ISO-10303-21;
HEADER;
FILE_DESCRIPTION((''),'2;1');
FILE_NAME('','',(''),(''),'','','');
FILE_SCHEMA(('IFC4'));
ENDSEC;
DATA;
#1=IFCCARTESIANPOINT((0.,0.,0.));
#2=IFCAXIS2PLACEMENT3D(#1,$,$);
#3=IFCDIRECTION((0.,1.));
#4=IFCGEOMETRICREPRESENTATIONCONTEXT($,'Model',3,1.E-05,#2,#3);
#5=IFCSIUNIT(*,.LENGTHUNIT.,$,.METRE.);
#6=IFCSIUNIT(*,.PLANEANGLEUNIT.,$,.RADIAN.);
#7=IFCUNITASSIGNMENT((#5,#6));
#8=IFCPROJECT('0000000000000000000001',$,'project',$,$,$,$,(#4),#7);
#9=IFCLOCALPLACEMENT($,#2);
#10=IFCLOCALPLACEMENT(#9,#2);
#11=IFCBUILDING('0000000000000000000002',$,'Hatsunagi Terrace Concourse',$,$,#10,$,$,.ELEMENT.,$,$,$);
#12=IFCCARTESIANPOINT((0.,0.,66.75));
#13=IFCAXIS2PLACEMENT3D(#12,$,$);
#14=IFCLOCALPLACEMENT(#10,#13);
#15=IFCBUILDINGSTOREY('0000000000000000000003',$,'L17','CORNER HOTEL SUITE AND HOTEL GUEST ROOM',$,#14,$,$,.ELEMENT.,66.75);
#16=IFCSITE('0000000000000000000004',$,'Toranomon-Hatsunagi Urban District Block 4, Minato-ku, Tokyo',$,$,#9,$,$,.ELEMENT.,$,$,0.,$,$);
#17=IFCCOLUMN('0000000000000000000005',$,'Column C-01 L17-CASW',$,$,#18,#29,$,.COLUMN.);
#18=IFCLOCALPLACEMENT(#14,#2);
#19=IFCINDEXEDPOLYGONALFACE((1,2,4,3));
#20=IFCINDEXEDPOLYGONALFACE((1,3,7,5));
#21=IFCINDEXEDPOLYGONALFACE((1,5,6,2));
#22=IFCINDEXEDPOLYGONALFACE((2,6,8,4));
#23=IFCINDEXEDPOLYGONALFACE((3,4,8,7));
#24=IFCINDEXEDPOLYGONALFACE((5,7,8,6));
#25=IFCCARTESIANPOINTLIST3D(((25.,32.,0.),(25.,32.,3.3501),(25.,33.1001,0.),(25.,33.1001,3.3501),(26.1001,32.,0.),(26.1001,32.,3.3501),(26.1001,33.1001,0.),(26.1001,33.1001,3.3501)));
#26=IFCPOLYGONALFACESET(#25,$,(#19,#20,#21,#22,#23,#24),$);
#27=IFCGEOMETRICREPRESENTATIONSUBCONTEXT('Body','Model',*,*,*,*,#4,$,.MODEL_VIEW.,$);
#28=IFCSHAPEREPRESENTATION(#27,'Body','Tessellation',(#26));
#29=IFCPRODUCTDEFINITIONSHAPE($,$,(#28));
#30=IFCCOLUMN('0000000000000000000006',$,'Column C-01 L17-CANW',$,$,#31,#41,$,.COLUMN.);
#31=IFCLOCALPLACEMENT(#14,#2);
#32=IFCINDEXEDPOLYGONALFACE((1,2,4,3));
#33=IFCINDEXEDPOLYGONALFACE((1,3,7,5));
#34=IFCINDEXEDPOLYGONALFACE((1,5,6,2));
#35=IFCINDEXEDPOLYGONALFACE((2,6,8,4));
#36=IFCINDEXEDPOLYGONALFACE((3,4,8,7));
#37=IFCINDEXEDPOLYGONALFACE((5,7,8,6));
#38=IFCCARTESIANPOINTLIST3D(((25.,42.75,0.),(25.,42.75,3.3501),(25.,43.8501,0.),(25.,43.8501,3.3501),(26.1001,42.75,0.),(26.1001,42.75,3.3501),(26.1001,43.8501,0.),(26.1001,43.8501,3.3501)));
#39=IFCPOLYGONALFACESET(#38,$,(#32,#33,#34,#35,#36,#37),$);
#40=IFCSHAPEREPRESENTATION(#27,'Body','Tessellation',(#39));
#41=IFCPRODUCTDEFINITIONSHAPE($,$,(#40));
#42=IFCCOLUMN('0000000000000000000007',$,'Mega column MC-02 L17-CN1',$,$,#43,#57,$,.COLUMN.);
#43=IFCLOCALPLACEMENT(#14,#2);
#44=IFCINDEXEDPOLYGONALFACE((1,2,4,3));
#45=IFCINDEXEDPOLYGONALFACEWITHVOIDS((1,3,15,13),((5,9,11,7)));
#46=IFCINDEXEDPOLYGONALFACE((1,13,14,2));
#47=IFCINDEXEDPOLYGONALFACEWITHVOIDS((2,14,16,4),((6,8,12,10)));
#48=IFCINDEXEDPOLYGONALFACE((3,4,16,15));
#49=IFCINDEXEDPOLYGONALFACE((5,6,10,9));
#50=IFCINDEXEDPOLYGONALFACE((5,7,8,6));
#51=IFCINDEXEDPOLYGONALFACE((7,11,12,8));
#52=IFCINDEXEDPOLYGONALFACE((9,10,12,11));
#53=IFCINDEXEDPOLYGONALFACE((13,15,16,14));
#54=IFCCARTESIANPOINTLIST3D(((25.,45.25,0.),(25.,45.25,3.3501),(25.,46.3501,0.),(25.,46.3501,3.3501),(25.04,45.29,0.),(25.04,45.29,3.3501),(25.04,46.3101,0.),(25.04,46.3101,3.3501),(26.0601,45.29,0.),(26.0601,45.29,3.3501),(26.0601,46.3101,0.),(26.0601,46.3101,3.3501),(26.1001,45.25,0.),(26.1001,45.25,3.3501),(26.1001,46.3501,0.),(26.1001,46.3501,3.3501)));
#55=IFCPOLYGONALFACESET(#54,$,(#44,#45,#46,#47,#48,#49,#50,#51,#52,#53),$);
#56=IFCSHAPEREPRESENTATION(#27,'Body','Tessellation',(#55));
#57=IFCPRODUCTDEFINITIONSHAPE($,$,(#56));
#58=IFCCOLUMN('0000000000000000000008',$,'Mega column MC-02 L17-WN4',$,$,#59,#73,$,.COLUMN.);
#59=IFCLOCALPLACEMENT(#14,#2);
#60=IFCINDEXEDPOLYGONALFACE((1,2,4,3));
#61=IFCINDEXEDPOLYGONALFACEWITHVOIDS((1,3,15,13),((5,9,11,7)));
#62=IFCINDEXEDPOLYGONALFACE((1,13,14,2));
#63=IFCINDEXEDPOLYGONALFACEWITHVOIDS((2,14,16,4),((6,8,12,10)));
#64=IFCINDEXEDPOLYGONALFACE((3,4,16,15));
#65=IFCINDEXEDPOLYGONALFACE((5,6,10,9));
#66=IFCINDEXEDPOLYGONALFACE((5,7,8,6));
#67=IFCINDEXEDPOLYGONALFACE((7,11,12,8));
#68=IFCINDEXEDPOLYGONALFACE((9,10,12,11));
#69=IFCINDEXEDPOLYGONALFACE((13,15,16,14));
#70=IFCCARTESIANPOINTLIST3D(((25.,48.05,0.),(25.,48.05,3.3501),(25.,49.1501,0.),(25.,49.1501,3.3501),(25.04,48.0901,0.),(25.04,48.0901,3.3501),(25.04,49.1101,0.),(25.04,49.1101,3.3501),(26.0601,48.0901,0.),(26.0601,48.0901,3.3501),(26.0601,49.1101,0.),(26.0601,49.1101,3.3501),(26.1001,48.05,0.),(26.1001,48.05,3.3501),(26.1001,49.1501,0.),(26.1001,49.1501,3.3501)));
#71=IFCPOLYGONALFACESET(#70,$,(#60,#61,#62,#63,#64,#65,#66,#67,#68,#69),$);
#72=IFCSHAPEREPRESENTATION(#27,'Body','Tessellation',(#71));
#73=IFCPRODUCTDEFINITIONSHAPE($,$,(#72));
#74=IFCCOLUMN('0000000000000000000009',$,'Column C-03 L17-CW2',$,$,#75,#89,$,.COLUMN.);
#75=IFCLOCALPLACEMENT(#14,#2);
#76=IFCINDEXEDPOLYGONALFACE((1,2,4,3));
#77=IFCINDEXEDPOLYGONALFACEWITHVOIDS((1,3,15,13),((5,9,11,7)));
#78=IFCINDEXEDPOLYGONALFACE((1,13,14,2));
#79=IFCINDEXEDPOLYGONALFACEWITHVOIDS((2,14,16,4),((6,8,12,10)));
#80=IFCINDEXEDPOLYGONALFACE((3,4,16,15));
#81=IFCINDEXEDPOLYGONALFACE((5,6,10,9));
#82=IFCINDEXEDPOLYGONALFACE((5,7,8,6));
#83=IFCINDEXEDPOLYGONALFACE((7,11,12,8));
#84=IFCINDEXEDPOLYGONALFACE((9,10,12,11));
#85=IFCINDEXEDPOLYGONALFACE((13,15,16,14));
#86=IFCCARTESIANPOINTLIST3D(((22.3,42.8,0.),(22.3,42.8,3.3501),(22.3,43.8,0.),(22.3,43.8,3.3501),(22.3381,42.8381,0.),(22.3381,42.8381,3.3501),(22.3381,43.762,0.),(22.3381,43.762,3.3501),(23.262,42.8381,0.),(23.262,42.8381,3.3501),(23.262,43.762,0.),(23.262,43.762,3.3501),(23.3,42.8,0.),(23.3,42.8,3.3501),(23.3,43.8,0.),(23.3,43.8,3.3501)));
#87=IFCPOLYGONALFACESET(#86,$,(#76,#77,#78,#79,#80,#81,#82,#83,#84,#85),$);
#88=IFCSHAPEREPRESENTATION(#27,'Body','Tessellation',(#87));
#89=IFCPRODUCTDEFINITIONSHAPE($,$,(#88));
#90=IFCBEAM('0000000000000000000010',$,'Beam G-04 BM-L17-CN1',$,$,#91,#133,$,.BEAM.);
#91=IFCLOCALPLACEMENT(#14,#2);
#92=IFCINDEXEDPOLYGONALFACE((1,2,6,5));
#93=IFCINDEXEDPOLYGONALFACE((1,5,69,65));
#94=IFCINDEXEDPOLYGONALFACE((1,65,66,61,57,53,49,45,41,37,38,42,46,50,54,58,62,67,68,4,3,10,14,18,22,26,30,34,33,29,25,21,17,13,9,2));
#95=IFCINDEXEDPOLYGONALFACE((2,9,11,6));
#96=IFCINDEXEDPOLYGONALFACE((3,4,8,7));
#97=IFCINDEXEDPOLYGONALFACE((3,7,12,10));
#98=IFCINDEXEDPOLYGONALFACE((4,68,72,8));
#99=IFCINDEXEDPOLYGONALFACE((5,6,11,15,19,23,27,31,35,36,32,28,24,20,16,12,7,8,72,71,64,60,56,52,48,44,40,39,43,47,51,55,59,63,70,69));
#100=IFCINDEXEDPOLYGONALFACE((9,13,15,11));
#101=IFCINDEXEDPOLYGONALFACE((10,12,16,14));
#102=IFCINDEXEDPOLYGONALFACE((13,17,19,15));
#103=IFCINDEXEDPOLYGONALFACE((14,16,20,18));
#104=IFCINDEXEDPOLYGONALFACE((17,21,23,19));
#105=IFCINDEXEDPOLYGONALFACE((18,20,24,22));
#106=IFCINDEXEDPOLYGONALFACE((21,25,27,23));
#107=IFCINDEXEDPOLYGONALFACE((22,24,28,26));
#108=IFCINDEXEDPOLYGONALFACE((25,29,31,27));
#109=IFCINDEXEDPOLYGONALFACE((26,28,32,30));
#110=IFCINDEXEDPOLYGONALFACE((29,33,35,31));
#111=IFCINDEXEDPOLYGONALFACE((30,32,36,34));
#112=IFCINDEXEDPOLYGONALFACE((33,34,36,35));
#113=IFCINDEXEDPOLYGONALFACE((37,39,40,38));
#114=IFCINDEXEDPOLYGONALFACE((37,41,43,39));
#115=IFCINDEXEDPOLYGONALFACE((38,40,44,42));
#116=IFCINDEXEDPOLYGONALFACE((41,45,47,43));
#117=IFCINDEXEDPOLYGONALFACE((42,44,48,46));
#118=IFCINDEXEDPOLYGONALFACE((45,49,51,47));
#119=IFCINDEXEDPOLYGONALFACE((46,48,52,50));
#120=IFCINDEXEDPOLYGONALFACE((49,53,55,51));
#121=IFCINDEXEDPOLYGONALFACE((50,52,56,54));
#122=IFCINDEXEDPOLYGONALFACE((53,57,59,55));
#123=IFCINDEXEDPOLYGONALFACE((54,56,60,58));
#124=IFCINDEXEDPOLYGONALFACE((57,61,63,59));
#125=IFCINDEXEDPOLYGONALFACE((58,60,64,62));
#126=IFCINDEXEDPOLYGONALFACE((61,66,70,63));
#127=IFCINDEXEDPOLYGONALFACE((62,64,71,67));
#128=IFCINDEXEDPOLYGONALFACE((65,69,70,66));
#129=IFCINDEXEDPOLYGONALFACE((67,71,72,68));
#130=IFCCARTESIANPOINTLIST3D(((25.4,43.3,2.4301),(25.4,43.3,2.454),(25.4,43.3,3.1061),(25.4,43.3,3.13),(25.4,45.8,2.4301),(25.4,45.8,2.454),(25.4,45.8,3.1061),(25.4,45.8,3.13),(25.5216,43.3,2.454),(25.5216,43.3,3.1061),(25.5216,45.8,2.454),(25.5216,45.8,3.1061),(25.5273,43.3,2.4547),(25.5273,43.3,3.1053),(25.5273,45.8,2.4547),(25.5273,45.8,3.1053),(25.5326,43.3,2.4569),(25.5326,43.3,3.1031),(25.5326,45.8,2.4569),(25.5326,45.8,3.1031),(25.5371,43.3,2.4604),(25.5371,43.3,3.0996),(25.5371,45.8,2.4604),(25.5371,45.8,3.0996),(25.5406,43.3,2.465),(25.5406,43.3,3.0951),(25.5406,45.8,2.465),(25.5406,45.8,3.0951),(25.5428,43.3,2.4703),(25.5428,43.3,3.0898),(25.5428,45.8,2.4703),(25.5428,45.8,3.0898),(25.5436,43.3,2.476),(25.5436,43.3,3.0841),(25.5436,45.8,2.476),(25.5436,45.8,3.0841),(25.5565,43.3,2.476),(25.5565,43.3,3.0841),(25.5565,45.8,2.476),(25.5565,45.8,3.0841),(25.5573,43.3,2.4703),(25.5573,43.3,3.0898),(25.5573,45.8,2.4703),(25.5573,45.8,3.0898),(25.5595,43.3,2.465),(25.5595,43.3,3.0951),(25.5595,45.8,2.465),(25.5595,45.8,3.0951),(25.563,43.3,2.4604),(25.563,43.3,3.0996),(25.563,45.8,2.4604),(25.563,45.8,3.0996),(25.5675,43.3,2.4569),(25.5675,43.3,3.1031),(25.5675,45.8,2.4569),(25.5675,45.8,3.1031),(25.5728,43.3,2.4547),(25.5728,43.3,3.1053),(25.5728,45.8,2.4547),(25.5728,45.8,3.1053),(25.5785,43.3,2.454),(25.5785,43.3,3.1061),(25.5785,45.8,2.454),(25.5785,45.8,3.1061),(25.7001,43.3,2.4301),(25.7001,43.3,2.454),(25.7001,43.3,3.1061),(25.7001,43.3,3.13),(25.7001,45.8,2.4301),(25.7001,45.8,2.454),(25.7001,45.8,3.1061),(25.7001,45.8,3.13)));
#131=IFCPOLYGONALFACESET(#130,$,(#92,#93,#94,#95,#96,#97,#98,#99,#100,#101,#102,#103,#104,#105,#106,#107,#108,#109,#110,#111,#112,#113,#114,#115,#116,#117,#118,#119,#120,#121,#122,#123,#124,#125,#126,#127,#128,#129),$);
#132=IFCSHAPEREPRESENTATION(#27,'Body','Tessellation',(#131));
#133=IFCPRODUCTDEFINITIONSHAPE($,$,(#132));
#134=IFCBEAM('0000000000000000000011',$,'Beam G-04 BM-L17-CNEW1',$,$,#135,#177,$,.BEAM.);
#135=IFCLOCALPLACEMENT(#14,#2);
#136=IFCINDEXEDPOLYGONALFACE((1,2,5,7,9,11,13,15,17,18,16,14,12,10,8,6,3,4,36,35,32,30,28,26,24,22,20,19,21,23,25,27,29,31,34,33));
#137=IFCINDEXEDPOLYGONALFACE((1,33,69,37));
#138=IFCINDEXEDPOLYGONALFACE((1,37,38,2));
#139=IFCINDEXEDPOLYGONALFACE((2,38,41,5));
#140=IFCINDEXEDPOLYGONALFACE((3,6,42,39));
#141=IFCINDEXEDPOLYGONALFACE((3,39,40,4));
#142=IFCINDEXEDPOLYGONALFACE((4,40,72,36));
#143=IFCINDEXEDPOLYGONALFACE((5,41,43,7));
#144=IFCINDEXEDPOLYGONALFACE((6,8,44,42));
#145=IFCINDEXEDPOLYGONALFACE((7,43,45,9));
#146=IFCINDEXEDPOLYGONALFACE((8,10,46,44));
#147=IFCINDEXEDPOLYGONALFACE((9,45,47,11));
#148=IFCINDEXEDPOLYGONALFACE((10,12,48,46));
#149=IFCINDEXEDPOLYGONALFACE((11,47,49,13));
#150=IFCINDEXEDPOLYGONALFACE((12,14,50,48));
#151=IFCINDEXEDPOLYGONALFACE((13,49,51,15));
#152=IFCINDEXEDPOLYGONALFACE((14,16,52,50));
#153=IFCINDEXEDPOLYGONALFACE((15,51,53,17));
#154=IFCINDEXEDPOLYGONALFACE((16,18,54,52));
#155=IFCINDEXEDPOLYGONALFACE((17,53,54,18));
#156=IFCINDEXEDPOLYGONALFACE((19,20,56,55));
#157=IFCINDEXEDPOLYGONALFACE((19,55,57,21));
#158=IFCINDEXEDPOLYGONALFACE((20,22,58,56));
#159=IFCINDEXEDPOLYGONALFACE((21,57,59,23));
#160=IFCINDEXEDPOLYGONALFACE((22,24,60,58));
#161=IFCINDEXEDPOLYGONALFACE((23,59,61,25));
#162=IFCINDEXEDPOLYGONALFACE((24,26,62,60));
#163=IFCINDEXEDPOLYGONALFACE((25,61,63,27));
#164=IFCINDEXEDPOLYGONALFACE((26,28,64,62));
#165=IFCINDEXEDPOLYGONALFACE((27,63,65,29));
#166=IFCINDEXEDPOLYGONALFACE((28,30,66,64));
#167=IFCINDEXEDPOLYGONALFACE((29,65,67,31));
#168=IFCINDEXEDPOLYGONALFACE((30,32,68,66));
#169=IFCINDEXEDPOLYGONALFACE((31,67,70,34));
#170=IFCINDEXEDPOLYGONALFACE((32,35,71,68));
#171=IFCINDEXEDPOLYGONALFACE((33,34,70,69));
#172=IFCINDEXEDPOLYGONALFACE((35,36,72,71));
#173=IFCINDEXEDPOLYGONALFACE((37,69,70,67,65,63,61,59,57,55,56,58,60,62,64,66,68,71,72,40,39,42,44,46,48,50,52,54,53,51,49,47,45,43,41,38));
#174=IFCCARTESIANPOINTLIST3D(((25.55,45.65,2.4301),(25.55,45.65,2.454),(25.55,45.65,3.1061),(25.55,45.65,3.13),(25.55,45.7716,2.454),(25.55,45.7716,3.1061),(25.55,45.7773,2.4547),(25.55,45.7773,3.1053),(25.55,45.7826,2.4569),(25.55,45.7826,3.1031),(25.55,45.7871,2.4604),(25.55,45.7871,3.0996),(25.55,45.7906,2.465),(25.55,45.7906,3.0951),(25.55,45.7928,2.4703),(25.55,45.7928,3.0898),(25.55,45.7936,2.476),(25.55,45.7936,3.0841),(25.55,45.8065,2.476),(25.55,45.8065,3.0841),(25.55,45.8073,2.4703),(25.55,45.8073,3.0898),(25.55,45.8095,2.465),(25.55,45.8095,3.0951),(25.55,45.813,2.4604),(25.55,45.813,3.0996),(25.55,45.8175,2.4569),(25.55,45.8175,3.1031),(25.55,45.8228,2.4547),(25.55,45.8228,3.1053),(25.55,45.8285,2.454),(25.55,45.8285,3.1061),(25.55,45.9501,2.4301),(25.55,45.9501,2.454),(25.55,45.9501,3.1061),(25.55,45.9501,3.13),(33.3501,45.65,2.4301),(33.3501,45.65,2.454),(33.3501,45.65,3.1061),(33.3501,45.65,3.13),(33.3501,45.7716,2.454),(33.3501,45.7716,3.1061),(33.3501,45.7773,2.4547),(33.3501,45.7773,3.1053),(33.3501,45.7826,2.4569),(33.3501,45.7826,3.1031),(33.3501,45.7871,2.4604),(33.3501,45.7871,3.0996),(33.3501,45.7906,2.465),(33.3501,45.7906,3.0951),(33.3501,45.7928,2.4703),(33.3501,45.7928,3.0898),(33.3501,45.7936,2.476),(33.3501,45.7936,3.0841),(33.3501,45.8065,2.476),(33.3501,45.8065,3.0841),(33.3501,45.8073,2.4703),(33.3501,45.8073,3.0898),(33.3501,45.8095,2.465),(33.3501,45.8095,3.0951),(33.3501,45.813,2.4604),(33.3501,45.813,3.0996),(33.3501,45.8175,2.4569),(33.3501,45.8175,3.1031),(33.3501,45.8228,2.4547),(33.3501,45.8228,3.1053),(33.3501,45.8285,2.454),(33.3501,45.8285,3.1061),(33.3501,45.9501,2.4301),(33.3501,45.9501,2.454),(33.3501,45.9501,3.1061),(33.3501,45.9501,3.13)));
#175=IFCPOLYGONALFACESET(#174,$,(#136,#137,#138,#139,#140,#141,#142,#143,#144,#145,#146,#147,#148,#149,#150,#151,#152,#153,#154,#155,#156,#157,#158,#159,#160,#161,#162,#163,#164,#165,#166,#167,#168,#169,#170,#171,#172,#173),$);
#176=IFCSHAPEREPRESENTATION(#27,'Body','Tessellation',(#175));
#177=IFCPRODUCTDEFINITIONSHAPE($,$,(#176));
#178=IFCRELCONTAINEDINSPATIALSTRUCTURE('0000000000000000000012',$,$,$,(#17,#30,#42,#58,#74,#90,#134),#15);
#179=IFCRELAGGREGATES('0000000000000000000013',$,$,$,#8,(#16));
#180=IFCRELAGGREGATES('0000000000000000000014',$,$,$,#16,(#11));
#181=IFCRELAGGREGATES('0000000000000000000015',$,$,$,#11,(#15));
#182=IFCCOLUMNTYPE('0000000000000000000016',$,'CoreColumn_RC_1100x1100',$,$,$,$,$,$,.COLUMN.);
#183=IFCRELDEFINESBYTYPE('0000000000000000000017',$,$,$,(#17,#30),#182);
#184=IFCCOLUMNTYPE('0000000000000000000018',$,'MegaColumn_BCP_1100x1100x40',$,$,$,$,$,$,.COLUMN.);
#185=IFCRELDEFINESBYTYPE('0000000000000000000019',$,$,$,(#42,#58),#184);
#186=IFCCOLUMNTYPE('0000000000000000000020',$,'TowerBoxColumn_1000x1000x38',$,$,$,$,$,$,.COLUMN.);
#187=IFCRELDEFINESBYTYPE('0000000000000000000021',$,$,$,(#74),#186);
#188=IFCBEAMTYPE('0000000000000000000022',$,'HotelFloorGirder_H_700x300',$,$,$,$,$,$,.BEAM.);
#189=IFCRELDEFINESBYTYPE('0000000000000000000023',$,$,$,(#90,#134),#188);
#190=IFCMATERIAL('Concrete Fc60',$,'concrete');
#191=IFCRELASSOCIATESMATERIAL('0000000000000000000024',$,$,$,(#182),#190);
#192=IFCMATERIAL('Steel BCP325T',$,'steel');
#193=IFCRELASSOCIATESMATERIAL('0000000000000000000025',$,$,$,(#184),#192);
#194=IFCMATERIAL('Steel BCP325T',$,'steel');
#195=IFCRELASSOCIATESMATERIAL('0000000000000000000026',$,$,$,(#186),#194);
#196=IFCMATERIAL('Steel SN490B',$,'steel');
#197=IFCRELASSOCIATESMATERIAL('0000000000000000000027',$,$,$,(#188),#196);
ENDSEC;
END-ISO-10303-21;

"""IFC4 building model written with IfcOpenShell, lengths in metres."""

from ifc_helpers import new_model, si_unit, direction, frame, origin, origin_2d, place, context, subcontext, project, spatial, rectangle, hollow_rectangle, i_section, extrude, material, material_profile, profile_set, type_object, element, save


model = new_model("IFC4")

# Units and contexts
model_context = context("Model", 3, precision=1e-05, world=origin(), true_north=direction((0.0, 1.0)))
body_context = subcontext(model_context, "Body", "Model", "MODEL_VIEW")
ifc_project = project(units=[si_unit("LENGTHUNIT", "METRE"), si_unit("PLANEANGLEUNIT", "RADIAN")], contexts=[model_context])

# Site, building, storey
site_placement = place(None, origin())
site = spatial("IfcSite", under=ifc_project, at=site_placement, Name="Toranomon-Hatsunagi Urban District Block 4, Minato-ku, Tokyo", CompositionType="ELEMENT", RefElevation=0.0)
building_placement = place(site_placement, origin())
building = spatial("IfcBuilding", under=site, at=building_placement, Name="Hatsunagi Terrace Concourse", CompositionType="ELEMENT")
storey_placement = place(building_placement, frame((0.0, 0.0, 66.75)))
storey = spatial("IfcBuildingStorey", under=building, at=storey_placement, Name="L17", Description="CORNER HOTEL SUITE AND HOTEL GUEST ROOM", CompositionType="ELEMENT", Elevation=66.75)

# Columns
ifc_material_1 = material(Name="Concrete Fc60", Category="concrete")
ifc_material_profile_1 = material_profile(ifc_material_1, rectangle(XDim=1.1001, YDim=1.1001, at=origin_2d()), Name="RC-1100x1100")
ifc_profile_set_1 = profile_set([ifc_material_profile_1], Name="Concrete Fc60")
column_type_1 = type_object("IfcColumnType", Name="CoreColumn_RC_1100x1100", PredefinedType="COLUMN", material=ifc_profile_set_1)
for number, where, z_axis, x_axis, name in (
    (1, (25.55, 32.55, 0.0), (0.0, 0.0, 1.0), (1.0, 0.0, 0.0), "Column C-01 L17-CASW"),
    (2, (25.55, 43.3, 0.0), (0.0, 0.0, 1.0), (1.0, 0.0, 0.0), "Column C-01 L17-CANW"),
):
    element("IfcColumn", number, at=place(storey_placement, frame(where, z_axis=z_axis, x_axis=x_axis)), inside=storey, type_object=column_type_1, Name=name, PredefinedType="COLUMN", context=body_context, shape_type="SweptSolid", body=[
        extrude(rectangle(XDim=1.1001, YDim=1.1001, at=origin_2d()), origin(), (0.0, 0.0, 1.0), 3.3501),
    ])
ifc_material_2 = material(Name="Steel BCP325T", Category="steel")
ifc_material_profile_2 = material_profile(ifc_material_2, hollow_rectangle(XDim=1.1001, YDim=1.1001, WallThickness=0.04, at=origin_2d()), Name="BCP-1100x1100x40")
ifc_profile_set_2 = profile_set([ifc_material_profile_2], Name="Steel BCP325T")
column_type_2 = type_object("IfcColumnType", Name="MegaColumn_BCP_1100x1100x40", PredefinedType="COLUMN", material=ifc_profile_set_2)
for number, where, z_axis, x_axis, name in (
    (3, (25.55, 45.8, 0.0), (0.0, 0.0, 1.0), (1.0, 0.0, 0.0), "Mega column MC-02 L17-CN1"),
    (4, (25.55, 48.6001, 0.0), (0.0, 0.0, 1.0), (1.0, 0.0, 0.0), "Mega column MC-02 L17-WN4"),
):
    element("IfcColumn", number, at=place(storey_placement, frame(where, z_axis=z_axis, x_axis=x_axis)), inside=storey, type_object=column_type_2, Name=name, PredefinedType="COLUMN", context=body_context, shape_type="SweptSolid", body=[
        extrude(hollow_rectangle(XDim=1.1001, YDim=1.1001, WallThickness=0.04, at=origin_2d()), origin(), (0.0, 0.0, 1.0), 3.3501),
    ])
ifc_material_3 = material(Name="Steel BCP325T", Category="steel")
ifc_material_profile_3 = material_profile(ifc_material_3, hollow_rectangle(XDim=1.0, YDim=1.0, WallThickness=0.0381, at=origin_2d()), Name="BCP-1000x1000x38")
ifc_profile_set_3 = profile_set([ifc_material_profile_3], Name="Steel BCP325T")
column_type_3 = type_object("IfcColumnType", Name="TowerBoxColumn_1000x1000x38", PredefinedType="COLUMN", material=ifc_profile_set_3)
column_placement = place(storey_placement, frame((22.8, 43.3, 0.0), z_axis=(0.0, 0.0, 1.0), x_axis=(1.0, 0.0, 0.0)))
element("IfcColumn", 5, at=column_placement, inside=storey, type_object=column_type_3, Name="Column C-03 L17-CW2", PredefinedType="COLUMN", context=body_context, shape_type="SweptSolid", body=[
    extrude(hollow_rectangle(XDim=1.0, YDim=1.0, WallThickness=0.0381, at=origin_2d()), origin(), (0.0, 0.0, 1.0), 3.3501),
])

# Beams
ifc_material_4 = material(Name="Steel SN490B", Category="steel")
ifc_material_profile_4 = material_profile(ifc_material_4, i_section(OverallWidth=0.3, OverallDepth=0.7, WebThickness=0.0129, FlangeThickness=0.0239, FilletRadius=0.022, at=origin_2d()), Name="H-700x300x13x24")
ifc_profile_set_4 = profile_set([ifc_material_profile_4], Name="Steel SN490B")
beam_type_1 = type_object("IfcBeamType", Name="HotelFloorGirder_H_700x300", PredefinedType="BEAM", material=ifc_profile_set_4)
beam_1_placement = place(storey_placement, frame((25.55, 43.3, 2.78), z_axis=(0.0, 1.0, 0.0), x_axis=(-1.0, 0.0, 0.0)))
element("IfcBeam", 6, at=beam_1_placement, inside=storey, type_object=beam_type_1, Name="Beam G-04 BM-L17-CN1", PredefinedType="BEAM", context=body_context, shape_type="SweptSolid", body=[
    extrude(i_section(OverallWidth=0.3, OverallDepth=0.7, WebThickness=0.0129, FlangeThickness=0.0239, FilletRadius=0.022, at=origin_2d()), origin(), (0.0, 0.0, 1.0), 2.5),
])
beam_2_placement = place(storey_placement, frame((25.55, 45.8, 2.78), z_axis=(1.0, 0.0, 0.0), x_axis=(0.0, 1.0, 0.0)))
element("IfcBeam", 7, at=beam_2_placement, inside=storey, type_object=beam_type_1, Name="Beam G-04 BM-L17-CNEW1", PredefinedType="BEAM", context=body_context, shape_type="SweptSolid", body=[
    extrude(i_section(OverallWidth=0.3, OverallDepth=0.7, WebThickness=0.0129, FlangeThickness=0.0239, FilletRadius=0.022, at=origin_2d()), origin(), (0.0, 0.0, 1.0), 7.8),
])

save(model, "model.ifc")
